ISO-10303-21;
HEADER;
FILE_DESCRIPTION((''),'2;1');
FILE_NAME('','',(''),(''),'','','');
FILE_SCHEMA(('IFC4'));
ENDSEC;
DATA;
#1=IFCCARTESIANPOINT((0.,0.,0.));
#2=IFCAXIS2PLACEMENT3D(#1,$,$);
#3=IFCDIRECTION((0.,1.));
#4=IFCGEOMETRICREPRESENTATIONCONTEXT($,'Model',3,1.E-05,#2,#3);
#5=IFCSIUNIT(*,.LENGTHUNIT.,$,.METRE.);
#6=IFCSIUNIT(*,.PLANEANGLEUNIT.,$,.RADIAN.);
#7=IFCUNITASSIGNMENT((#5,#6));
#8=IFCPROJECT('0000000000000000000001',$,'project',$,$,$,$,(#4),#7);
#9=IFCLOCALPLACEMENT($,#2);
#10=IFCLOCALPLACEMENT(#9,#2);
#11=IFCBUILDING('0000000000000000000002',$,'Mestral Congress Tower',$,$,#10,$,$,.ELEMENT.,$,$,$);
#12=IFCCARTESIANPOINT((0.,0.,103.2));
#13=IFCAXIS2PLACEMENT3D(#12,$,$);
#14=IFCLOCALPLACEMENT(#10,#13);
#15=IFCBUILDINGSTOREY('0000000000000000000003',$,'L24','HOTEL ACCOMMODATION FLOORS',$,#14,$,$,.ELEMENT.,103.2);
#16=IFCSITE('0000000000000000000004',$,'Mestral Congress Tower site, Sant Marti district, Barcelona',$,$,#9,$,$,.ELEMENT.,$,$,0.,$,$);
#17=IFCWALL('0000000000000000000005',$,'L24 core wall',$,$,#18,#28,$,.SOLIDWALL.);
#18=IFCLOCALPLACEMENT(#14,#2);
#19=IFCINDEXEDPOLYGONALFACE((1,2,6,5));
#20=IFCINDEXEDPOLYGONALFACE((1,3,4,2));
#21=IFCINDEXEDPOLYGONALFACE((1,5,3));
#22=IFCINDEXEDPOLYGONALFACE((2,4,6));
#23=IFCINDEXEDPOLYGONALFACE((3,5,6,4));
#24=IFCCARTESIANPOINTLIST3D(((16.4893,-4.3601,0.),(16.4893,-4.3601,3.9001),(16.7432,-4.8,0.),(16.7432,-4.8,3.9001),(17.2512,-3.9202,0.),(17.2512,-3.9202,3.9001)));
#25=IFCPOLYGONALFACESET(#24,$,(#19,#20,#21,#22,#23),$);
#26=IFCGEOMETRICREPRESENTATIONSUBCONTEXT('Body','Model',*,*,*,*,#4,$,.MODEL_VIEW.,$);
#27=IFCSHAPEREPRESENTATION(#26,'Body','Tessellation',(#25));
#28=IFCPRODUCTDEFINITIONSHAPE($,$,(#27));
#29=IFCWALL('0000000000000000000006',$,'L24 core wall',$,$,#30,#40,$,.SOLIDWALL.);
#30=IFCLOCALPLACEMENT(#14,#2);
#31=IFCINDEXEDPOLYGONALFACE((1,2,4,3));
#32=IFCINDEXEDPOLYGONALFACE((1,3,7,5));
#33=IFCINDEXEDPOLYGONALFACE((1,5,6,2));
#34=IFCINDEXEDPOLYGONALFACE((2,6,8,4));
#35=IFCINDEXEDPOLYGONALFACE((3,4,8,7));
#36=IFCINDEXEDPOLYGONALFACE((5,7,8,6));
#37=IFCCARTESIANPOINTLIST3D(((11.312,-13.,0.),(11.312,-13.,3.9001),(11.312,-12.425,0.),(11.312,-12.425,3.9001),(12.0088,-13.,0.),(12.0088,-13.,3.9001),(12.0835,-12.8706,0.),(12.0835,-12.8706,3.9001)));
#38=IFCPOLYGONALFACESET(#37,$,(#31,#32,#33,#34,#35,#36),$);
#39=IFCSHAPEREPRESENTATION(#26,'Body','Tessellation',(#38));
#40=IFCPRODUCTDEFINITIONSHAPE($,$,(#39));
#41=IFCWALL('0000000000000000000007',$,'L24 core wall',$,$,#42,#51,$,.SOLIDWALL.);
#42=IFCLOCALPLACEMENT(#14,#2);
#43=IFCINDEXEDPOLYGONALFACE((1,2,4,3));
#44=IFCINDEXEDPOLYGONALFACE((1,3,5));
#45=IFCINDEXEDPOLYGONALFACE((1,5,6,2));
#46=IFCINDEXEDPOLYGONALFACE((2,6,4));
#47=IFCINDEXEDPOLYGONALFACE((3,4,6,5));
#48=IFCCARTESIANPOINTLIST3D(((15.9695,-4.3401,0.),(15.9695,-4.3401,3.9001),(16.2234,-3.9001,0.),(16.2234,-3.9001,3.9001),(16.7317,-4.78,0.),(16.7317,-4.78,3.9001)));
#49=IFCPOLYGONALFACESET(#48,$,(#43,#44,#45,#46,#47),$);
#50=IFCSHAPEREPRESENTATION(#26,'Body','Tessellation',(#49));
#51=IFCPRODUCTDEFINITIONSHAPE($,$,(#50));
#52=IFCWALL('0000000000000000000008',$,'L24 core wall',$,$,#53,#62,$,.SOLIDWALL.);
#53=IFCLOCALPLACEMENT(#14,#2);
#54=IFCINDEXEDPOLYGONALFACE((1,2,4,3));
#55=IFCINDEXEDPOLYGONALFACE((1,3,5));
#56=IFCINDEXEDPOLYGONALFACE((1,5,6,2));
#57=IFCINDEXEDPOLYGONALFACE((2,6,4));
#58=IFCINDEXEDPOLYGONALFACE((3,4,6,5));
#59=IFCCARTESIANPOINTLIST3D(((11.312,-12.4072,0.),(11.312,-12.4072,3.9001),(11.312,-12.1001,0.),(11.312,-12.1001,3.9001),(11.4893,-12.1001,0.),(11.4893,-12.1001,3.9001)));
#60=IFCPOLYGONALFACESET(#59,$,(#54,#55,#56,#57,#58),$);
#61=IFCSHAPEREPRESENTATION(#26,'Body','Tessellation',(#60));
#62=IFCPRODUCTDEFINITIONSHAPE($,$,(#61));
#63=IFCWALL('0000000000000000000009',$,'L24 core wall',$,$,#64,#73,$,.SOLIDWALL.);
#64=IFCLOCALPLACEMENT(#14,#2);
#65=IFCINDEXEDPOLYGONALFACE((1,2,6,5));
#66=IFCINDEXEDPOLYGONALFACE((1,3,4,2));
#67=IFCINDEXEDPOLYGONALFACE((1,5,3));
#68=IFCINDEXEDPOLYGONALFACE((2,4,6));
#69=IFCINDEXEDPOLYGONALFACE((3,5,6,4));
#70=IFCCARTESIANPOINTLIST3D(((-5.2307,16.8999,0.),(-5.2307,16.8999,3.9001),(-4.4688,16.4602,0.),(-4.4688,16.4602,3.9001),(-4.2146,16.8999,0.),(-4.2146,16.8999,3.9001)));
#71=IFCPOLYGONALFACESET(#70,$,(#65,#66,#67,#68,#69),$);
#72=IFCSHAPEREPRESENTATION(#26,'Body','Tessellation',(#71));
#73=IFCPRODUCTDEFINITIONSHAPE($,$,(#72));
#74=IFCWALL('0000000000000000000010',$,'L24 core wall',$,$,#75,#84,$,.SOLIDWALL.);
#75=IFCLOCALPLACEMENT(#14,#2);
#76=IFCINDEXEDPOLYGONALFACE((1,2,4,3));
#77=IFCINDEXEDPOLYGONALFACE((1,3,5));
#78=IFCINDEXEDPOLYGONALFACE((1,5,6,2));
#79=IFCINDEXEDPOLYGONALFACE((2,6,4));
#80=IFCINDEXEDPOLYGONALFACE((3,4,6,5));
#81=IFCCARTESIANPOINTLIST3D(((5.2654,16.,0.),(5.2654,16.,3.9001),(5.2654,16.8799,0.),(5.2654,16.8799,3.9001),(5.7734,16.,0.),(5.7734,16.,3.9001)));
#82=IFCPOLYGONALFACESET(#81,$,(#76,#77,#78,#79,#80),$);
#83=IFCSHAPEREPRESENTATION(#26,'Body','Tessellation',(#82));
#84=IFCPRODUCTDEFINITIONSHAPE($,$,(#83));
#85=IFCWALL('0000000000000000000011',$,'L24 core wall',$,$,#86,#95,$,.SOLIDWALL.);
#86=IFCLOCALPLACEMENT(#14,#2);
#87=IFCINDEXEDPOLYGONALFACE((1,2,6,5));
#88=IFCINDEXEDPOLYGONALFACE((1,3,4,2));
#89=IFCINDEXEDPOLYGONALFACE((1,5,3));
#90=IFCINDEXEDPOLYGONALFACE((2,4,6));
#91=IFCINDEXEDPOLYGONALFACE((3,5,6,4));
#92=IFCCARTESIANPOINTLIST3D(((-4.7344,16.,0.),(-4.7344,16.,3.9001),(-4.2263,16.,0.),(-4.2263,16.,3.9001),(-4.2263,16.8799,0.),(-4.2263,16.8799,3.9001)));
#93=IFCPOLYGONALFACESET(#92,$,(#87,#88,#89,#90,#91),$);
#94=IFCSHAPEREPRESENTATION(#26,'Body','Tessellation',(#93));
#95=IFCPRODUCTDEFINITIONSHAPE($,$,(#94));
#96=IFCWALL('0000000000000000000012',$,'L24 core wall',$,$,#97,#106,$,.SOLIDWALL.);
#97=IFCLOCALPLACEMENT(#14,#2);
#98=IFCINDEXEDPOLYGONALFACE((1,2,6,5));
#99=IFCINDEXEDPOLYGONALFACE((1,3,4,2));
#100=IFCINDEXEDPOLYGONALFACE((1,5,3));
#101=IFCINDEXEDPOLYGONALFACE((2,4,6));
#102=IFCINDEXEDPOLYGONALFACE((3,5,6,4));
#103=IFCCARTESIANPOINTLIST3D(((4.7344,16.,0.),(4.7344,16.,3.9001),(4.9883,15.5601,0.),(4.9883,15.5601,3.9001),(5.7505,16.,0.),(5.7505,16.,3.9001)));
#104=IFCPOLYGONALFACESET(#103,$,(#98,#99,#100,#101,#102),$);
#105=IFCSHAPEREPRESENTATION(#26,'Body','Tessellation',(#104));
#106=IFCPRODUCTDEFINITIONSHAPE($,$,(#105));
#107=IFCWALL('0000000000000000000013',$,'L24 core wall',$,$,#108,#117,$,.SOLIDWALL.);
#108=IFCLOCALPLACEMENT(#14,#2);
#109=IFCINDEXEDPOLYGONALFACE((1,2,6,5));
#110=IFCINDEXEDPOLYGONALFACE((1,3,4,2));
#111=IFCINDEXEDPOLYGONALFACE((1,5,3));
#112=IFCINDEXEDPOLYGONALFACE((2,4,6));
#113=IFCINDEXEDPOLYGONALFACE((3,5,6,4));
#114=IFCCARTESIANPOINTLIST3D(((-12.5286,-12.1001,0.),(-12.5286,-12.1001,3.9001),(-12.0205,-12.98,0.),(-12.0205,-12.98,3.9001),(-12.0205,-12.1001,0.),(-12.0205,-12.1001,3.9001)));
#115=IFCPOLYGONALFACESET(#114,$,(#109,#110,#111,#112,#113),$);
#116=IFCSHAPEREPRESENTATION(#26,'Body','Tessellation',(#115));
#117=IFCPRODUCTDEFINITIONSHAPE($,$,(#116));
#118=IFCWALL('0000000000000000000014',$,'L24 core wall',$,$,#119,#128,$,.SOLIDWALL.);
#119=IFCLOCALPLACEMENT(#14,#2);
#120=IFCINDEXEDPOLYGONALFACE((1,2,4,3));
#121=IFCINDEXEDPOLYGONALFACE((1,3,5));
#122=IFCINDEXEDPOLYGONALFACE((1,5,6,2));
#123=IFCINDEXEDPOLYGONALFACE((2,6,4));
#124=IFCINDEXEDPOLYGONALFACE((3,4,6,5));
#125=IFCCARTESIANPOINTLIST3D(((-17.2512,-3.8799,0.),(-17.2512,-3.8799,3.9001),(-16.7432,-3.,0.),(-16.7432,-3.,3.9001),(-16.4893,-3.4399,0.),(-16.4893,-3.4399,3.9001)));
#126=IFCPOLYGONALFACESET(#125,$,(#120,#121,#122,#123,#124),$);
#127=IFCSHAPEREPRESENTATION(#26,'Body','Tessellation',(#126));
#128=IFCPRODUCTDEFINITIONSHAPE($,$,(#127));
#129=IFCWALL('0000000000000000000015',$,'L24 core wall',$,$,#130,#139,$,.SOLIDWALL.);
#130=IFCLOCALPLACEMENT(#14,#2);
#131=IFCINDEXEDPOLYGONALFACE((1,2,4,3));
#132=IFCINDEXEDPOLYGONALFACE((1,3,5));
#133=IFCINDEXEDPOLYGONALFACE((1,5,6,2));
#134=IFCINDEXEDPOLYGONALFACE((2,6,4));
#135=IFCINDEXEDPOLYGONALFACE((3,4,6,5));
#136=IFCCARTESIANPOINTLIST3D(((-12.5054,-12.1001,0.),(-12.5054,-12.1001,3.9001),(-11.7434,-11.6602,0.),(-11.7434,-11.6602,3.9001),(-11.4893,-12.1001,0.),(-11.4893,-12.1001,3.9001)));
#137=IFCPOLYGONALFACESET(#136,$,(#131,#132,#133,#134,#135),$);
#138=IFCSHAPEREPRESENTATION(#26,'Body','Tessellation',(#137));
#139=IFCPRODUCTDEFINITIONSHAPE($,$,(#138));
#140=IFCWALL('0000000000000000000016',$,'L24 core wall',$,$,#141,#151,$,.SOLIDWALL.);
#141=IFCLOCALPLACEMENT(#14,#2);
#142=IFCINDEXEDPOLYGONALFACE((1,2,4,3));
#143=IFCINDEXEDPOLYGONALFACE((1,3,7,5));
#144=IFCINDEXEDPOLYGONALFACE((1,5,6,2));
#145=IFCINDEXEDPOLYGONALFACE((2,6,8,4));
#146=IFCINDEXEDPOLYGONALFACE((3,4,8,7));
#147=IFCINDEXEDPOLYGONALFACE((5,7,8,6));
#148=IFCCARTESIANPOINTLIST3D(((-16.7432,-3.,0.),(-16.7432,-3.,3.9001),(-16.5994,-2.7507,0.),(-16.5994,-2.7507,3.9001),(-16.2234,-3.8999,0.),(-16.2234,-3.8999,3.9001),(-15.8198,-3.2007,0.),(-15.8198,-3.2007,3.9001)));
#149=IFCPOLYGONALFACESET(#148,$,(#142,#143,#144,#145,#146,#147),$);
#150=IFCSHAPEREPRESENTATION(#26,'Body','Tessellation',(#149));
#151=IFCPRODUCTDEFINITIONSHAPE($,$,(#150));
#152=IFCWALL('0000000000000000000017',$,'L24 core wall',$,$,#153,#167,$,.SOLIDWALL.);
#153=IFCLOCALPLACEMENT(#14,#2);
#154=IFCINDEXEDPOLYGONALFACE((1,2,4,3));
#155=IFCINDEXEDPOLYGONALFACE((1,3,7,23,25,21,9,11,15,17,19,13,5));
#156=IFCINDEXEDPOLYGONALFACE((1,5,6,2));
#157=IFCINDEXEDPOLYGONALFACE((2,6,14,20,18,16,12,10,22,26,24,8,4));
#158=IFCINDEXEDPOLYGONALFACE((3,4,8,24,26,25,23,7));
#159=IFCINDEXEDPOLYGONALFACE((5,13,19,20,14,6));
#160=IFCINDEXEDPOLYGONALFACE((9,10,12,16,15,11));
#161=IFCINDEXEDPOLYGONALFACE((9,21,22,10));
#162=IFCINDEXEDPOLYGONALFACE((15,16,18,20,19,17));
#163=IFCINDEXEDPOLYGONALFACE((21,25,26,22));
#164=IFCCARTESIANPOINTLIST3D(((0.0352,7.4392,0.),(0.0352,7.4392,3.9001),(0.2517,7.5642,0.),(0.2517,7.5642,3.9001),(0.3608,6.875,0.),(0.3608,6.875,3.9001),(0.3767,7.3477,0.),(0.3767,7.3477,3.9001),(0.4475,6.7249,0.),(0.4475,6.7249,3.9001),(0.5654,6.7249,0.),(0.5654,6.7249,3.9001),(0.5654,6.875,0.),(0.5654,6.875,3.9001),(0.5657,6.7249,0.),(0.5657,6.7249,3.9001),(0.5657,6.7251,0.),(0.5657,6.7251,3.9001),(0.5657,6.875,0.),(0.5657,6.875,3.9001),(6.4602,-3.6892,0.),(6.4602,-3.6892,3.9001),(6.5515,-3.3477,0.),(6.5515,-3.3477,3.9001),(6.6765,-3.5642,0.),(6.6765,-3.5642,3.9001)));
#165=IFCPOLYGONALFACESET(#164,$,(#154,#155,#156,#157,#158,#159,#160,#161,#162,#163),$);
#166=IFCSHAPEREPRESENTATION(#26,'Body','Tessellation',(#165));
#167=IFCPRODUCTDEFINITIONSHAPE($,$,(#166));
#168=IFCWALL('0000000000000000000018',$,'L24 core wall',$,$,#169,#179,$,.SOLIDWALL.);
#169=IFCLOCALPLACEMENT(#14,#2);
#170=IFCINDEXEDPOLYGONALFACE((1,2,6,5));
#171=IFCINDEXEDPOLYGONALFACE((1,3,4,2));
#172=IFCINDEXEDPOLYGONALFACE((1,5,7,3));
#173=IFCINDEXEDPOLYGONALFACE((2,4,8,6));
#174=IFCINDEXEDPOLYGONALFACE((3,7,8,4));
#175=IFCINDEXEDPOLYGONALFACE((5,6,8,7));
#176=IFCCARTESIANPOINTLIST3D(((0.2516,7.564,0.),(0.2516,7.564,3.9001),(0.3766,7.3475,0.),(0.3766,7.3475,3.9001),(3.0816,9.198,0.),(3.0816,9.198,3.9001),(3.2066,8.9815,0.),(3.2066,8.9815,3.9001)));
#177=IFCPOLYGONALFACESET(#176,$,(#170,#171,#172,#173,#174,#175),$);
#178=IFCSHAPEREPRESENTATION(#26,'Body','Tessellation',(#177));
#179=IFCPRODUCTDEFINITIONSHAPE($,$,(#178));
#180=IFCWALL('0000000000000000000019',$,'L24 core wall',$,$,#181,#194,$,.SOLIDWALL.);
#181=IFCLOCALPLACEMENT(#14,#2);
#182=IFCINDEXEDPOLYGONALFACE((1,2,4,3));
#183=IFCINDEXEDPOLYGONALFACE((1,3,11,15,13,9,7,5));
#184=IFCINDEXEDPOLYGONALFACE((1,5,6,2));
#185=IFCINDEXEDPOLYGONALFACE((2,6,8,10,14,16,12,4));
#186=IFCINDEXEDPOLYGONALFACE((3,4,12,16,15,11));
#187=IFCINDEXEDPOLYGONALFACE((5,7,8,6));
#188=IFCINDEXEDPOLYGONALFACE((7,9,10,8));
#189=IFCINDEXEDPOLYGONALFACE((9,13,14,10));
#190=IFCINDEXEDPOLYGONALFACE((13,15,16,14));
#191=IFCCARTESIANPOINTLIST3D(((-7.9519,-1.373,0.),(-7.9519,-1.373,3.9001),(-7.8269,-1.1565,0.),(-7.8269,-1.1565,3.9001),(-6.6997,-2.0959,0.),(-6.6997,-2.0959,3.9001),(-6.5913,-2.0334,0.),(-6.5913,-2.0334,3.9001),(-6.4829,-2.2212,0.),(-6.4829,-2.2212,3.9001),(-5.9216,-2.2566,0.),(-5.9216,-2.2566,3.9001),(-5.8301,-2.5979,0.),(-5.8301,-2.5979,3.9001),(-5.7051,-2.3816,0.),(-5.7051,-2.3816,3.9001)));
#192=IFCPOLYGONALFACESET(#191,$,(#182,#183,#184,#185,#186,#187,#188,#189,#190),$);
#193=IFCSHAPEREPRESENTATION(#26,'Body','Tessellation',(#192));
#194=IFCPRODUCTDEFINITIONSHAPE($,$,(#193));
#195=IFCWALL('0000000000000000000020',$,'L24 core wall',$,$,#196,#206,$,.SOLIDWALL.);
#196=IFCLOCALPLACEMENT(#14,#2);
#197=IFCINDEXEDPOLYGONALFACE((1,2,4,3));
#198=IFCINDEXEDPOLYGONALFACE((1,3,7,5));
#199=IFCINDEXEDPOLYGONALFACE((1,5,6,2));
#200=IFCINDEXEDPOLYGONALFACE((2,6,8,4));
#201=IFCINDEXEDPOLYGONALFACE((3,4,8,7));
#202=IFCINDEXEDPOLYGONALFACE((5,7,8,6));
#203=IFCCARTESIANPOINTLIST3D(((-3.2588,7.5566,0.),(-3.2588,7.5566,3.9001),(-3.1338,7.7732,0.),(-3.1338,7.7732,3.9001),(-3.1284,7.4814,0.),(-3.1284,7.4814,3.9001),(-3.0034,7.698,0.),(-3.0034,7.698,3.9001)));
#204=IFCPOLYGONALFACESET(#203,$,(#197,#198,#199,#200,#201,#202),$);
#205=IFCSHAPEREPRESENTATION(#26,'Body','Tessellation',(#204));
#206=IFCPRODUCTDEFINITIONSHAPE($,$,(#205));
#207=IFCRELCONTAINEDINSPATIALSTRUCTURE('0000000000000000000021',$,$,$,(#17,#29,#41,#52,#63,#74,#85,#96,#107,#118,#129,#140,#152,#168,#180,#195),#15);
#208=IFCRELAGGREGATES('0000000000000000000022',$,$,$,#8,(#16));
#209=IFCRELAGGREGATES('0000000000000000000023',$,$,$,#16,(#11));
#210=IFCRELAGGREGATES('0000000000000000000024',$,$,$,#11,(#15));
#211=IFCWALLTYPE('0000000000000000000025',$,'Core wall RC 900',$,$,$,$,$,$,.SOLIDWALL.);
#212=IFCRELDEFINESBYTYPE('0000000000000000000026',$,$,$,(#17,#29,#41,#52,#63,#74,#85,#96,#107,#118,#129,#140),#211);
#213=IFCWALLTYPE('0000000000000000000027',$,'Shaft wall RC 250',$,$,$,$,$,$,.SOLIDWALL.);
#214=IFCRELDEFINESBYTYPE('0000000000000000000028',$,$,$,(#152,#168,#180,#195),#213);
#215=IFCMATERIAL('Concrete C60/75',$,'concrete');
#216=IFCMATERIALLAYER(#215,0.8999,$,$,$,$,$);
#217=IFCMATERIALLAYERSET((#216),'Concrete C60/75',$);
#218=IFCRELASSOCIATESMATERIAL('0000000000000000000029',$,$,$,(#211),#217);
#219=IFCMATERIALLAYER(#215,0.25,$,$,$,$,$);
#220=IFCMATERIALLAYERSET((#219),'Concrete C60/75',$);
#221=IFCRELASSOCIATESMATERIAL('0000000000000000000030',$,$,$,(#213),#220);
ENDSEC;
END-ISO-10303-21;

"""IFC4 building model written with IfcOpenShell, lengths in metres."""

from ifc_helpers import new_model, si_unit, direction, frame, frame_2d, origin, place, context, subcontext, project, spatial, polyline, rectangle, outline, extrude, material, layer, layer_set, type_object, element, save


model = new_model("IFC4")

# Units and contexts
model_context = context("Model", 3, precision=1e-05, world=origin(), true_north=direction((0.0, 1.0)))
body_context = subcontext(model_context, "Body", "Model", "MODEL_VIEW")
ifc_project = project(units=[si_unit("LENGTHUNIT", "METRE"), si_unit("PLANEANGLEUNIT", "RADIAN")], contexts=[model_context])

# Site, building, storey
site_placement = place(None, origin())
site = spatial("IfcSite", under=ifc_project, at=site_placement, Name="Mestral Congress Tower site, Sant Marti district, Barcelona", CompositionType="ELEMENT", RefElevation=0.0)
building_placement = place(site_placement, origin())
building = spatial("IfcBuilding", under=site, at=building_placement, Name="Mestral Congress Tower", CompositionType="ELEMENT")
storey_placement = place(building_placement, frame((0.0, 0.0, 103.2)))
storey = spatial("IfcBuildingStorey", under=building, at=storey_placement, Name="L24", Description="HOTEL ACCOMMODATION FLOORS", CompositionType="ELEMENT", Elevation=103.2)

# Shared definitions
ifc_material_1 = material(Name="Concrete C60/75", Category="concrete")

# Shared definitions
placement = place(storey_placement, origin())

# Walls
ifc_layer_1 = layer(ifc_material_1, 0.8999)
ifc_layer_set_1 = layer_set([ifc_layer_1], Name="Concrete C60/75")
wall_type_1 = type_object("IfcWallType", Name="Core wall RC 900", PredefinedType="SOLIDWALL", material=ifc_layer_set_1)
element("IfcWall", 1, at=placement, inside=storey, type_object=wall_type_1, Name="L24 core wall", PredefinedType="SOLIDWALL", context=body_context, shape_type="SweptSolid", body=[
    extrude(outline(polyline([(16.7432, -4.8), (16.4893, -4.3601), (17.2512, -3.9202), (16.7432, -4.8)])), origin(), (0.0, 0.0, 1.0), 3.9001),
])
element("IfcWall", 2, at=placement, inside=storey, type_object=wall_type_1, Name="L24 core wall", PredefinedType="SOLIDWALL", context=body_context, shape_type="SweptSolid", body=[
    extrude(outline(polyline([(12.0088, -13.0), (11.312, -13.0), (11.312, -12.425), (12.0835, -12.8706), (12.0088, -13.0)])), origin(), (0.0, 0.0, 1.0), 3.9001),
])
element("IfcWall", 3, at=placement, inside=storey, type_object=wall_type_1, Name="L24 core wall", PredefinedType="SOLIDWALL", context=body_context, shape_type="SweptSolid", body=[
    extrude(outline(polyline([(16.2234, -3.9001), (16.7317, -4.78), (15.9695, -4.3401), (16.2234, -3.9001)])), origin(), (0.0, 0.0, 1.0), 3.9001),
])
element("IfcWall", 4, at=placement, inside=storey, type_object=wall_type_1, Name="L24 core wall", PredefinedType="SOLIDWALL", context=body_context, shape_type="SweptSolid", body=[
    extrude(outline(polyline([(11.4893, -12.1001), (11.312, -12.4072), (11.312, -12.1001), (11.4893, -12.1001)])), origin(), (0.0, 0.0, 1.0), 3.9001),
])
element("IfcWall", 5, at=placement, inside=storey, type_object=wall_type_1, Name="L24 core wall", PredefinedType="SOLIDWALL", context=body_context, shape_type="SweptSolid", body=[
    extrude(outline(polyline([(-4.2146, 16.8999), (-4.4688, 16.4602), (-5.2307, 16.8999), (-4.2146, 16.8999)])), origin(), (0.0, 0.0, 1.0), 3.9001),
])
element("IfcWall", 6, at=placement, inside=storey, type_object=wall_type_1, Name="L24 core wall", PredefinedType="SOLIDWALL", context=body_context, shape_type="SweptSolid", body=[
    extrude(outline(polyline([(5.2654, 16.0), (5.2654, 16.8799), (5.7734, 16.0), (5.2654, 16.0)])), origin(), (0.0, 0.0, 1.0), 3.9001),
])
element("IfcWall", 7, at=placement, inside=storey, type_object=wall_type_1, Name="L24 core wall", PredefinedType="SOLIDWALL", context=body_context, shape_type="SweptSolid", body=[
    extrude(outline(polyline([(-4.7344, 16.0), (-4.2263, 16.8799), (-4.2263, 16.0), (-4.7344, 16.0)])), origin(), (0.0, 0.0, 1.0), 3.9001),
])
element("IfcWall", 8, at=placement, inside=storey, type_object=wall_type_1, Name="L24 core wall", PredefinedType="SOLIDWALL", context=body_context, shape_type="SweptSolid", body=[
    extrude(outline(polyline([(4.7344, 16.0), (5.7505, 16.0), (4.9883, 15.5601), (4.7344, 16.0)])), origin(), (0.0, 0.0, 1.0), 3.9001),
])
element("IfcWall", 9, at=placement, inside=storey, type_object=wall_type_1, Name="L24 core wall", PredefinedType="SOLIDWALL", context=body_context, shape_type="SweptSolid", body=[
    extrude(outline(polyline([(-12.5286, -12.1001), (-12.0205, -12.1001), (-12.0205, -12.98), (-12.5286, -12.1001)])), origin(), (0.0, 0.0, 1.0), 3.9001),
])
element("IfcWall", 10, at=placement, inside=storey, type_object=wall_type_1, Name="L24 core wall", PredefinedType="SOLIDWALL", context=body_context, shape_type="SweptSolid", body=[
    extrude(outline(polyline([(-16.4893, -3.4399), (-17.2512, -3.8799), (-16.7432, -3.0), (-16.4893, -3.4399)])), origin(), (0.0, 0.0, 1.0), 3.9001),
])
element("IfcWall", 11, at=placement, inside=storey, type_object=wall_type_1, Name="L24 core wall", PredefinedType="SOLIDWALL", context=body_context, shape_type="SweptSolid", body=[
    extrude(outline(polyline([(-11.4893, -12.1001), (-12.5054, -12.1001), (-11.7434, -11.6602), (-11.4893, -12.1001)])), origin(), (0.0, 0.0, 1.0), 3.9001),
])
element("IfcWall", 12, at=placement, inside=storey, type_object=wall_type_1, Name="L24 core wall", PredefinedType="SOLIDWALL", context=body_context, shape_type="SweptSolid", body=[
    extrude(outline(polyline([(-15.8198, -3.2007), (-16.2234, -3.8999), (-16.7432, -3.0), (-16.5994, -2.7507), (-15.8198, -3.2007)])), origin(), (0.0, 0.0, 1.0), 3.9001),
])
ifc_layer_2 = layer(ifc_material_1, 0.25)
ifc_layer_set_2 = layer_set([ifc_layer_2], Name="Concrete C60/75")
wall_type_2 = type_object("IfcWallType", Name="Shaft wall RC 250", PredefinedType="SOLIDWALL", material=ifc_layer_set_2)
element("IfcWall", 13, at=placement, inside=storey, type_object=wall_type_2, Name="L24 core wall", PredefinedType="SOLIDWALL", context=body_context, shape_type="SweptSolid", body=[
    extrude(outline(polyline([(0.5657, 6.7251), (0.5657, 6.875), (0.5657, 6.875), (0.5654, 6.875), (0.3608, 6.875), (0.0352, 7.4392), (0.2517, 7.5642), (0.3767, 7.3477), (6.5515, -3.3477), (6.6765, -3.5642), (6.4602, -3.6892), (0.4475, 6.7249), (0.5654, 6.7249), (0.5657, 6.7249), (0.5657, 6.7251)])), origin(), (0.0, 0.0, 1.0), 3.9001),
])
wall_1_placement = place(storey_placement, frame((0.3142, 7.4558, 0.0), z_axis=(0.0, 0.0, 1.0), x_axis=(0.866014, 0.50002, 0.0)))
element("IfcWall", 14, at=wall_1_placement, inside=storey, type_object=wall_type_2, Name="L24 core wall", PredefinedType="SOLIDWALL", context=body_context, shape_type="SweptSolid", body=[
    extrude(rectangle(XDim=3.2678, YDim=0.25, at=frame_2d((1.6338, 0.0))), origin(), (0.0, 0.0, 1.0), 3.9001),
])
element("IfcWall", 15, at=placement, inside=storey, type_object=wall_type_2, Name="L24 core wall", PredefinedType="SOLIDWALL", context=body_context, shape_type="SweptSolid", body=[
    extrude(outline(polyline([(-5.9216, -2.2566), (-5.9216, -2.2566), (-5.7051, -2.3816), (-5.8301, -2.5979), (-6.4829, -2.2212), (-6.5913, -2.0334), (-6.5913, -2.0334), (-6.6997, -2.0959), (-7.9519, -1.373), (-7.8269, -1.1565), (-5.9216, -2.2566)])), origin(), (0.0, 0.0, 1.0), 3.9001),
])
element("IfcWall", 16, at=placement, inside=storey, type_object=wall_type_2, Name="L24 core wall", PredefinedType="SOLIDWALL", context=body_context, shape_type="SweptSolid", body=[
    extrude(outline(polyline([(-3.1284, 7.4814), (-3.2588, 7.5566), (-3.1338, 7.7732), (-3.0034, 7.698), (-3.1284, 7.4814)])), origin(), (0.0, 0.0, 1.0), 3.9001),
])

save(model, "model.ifc")
